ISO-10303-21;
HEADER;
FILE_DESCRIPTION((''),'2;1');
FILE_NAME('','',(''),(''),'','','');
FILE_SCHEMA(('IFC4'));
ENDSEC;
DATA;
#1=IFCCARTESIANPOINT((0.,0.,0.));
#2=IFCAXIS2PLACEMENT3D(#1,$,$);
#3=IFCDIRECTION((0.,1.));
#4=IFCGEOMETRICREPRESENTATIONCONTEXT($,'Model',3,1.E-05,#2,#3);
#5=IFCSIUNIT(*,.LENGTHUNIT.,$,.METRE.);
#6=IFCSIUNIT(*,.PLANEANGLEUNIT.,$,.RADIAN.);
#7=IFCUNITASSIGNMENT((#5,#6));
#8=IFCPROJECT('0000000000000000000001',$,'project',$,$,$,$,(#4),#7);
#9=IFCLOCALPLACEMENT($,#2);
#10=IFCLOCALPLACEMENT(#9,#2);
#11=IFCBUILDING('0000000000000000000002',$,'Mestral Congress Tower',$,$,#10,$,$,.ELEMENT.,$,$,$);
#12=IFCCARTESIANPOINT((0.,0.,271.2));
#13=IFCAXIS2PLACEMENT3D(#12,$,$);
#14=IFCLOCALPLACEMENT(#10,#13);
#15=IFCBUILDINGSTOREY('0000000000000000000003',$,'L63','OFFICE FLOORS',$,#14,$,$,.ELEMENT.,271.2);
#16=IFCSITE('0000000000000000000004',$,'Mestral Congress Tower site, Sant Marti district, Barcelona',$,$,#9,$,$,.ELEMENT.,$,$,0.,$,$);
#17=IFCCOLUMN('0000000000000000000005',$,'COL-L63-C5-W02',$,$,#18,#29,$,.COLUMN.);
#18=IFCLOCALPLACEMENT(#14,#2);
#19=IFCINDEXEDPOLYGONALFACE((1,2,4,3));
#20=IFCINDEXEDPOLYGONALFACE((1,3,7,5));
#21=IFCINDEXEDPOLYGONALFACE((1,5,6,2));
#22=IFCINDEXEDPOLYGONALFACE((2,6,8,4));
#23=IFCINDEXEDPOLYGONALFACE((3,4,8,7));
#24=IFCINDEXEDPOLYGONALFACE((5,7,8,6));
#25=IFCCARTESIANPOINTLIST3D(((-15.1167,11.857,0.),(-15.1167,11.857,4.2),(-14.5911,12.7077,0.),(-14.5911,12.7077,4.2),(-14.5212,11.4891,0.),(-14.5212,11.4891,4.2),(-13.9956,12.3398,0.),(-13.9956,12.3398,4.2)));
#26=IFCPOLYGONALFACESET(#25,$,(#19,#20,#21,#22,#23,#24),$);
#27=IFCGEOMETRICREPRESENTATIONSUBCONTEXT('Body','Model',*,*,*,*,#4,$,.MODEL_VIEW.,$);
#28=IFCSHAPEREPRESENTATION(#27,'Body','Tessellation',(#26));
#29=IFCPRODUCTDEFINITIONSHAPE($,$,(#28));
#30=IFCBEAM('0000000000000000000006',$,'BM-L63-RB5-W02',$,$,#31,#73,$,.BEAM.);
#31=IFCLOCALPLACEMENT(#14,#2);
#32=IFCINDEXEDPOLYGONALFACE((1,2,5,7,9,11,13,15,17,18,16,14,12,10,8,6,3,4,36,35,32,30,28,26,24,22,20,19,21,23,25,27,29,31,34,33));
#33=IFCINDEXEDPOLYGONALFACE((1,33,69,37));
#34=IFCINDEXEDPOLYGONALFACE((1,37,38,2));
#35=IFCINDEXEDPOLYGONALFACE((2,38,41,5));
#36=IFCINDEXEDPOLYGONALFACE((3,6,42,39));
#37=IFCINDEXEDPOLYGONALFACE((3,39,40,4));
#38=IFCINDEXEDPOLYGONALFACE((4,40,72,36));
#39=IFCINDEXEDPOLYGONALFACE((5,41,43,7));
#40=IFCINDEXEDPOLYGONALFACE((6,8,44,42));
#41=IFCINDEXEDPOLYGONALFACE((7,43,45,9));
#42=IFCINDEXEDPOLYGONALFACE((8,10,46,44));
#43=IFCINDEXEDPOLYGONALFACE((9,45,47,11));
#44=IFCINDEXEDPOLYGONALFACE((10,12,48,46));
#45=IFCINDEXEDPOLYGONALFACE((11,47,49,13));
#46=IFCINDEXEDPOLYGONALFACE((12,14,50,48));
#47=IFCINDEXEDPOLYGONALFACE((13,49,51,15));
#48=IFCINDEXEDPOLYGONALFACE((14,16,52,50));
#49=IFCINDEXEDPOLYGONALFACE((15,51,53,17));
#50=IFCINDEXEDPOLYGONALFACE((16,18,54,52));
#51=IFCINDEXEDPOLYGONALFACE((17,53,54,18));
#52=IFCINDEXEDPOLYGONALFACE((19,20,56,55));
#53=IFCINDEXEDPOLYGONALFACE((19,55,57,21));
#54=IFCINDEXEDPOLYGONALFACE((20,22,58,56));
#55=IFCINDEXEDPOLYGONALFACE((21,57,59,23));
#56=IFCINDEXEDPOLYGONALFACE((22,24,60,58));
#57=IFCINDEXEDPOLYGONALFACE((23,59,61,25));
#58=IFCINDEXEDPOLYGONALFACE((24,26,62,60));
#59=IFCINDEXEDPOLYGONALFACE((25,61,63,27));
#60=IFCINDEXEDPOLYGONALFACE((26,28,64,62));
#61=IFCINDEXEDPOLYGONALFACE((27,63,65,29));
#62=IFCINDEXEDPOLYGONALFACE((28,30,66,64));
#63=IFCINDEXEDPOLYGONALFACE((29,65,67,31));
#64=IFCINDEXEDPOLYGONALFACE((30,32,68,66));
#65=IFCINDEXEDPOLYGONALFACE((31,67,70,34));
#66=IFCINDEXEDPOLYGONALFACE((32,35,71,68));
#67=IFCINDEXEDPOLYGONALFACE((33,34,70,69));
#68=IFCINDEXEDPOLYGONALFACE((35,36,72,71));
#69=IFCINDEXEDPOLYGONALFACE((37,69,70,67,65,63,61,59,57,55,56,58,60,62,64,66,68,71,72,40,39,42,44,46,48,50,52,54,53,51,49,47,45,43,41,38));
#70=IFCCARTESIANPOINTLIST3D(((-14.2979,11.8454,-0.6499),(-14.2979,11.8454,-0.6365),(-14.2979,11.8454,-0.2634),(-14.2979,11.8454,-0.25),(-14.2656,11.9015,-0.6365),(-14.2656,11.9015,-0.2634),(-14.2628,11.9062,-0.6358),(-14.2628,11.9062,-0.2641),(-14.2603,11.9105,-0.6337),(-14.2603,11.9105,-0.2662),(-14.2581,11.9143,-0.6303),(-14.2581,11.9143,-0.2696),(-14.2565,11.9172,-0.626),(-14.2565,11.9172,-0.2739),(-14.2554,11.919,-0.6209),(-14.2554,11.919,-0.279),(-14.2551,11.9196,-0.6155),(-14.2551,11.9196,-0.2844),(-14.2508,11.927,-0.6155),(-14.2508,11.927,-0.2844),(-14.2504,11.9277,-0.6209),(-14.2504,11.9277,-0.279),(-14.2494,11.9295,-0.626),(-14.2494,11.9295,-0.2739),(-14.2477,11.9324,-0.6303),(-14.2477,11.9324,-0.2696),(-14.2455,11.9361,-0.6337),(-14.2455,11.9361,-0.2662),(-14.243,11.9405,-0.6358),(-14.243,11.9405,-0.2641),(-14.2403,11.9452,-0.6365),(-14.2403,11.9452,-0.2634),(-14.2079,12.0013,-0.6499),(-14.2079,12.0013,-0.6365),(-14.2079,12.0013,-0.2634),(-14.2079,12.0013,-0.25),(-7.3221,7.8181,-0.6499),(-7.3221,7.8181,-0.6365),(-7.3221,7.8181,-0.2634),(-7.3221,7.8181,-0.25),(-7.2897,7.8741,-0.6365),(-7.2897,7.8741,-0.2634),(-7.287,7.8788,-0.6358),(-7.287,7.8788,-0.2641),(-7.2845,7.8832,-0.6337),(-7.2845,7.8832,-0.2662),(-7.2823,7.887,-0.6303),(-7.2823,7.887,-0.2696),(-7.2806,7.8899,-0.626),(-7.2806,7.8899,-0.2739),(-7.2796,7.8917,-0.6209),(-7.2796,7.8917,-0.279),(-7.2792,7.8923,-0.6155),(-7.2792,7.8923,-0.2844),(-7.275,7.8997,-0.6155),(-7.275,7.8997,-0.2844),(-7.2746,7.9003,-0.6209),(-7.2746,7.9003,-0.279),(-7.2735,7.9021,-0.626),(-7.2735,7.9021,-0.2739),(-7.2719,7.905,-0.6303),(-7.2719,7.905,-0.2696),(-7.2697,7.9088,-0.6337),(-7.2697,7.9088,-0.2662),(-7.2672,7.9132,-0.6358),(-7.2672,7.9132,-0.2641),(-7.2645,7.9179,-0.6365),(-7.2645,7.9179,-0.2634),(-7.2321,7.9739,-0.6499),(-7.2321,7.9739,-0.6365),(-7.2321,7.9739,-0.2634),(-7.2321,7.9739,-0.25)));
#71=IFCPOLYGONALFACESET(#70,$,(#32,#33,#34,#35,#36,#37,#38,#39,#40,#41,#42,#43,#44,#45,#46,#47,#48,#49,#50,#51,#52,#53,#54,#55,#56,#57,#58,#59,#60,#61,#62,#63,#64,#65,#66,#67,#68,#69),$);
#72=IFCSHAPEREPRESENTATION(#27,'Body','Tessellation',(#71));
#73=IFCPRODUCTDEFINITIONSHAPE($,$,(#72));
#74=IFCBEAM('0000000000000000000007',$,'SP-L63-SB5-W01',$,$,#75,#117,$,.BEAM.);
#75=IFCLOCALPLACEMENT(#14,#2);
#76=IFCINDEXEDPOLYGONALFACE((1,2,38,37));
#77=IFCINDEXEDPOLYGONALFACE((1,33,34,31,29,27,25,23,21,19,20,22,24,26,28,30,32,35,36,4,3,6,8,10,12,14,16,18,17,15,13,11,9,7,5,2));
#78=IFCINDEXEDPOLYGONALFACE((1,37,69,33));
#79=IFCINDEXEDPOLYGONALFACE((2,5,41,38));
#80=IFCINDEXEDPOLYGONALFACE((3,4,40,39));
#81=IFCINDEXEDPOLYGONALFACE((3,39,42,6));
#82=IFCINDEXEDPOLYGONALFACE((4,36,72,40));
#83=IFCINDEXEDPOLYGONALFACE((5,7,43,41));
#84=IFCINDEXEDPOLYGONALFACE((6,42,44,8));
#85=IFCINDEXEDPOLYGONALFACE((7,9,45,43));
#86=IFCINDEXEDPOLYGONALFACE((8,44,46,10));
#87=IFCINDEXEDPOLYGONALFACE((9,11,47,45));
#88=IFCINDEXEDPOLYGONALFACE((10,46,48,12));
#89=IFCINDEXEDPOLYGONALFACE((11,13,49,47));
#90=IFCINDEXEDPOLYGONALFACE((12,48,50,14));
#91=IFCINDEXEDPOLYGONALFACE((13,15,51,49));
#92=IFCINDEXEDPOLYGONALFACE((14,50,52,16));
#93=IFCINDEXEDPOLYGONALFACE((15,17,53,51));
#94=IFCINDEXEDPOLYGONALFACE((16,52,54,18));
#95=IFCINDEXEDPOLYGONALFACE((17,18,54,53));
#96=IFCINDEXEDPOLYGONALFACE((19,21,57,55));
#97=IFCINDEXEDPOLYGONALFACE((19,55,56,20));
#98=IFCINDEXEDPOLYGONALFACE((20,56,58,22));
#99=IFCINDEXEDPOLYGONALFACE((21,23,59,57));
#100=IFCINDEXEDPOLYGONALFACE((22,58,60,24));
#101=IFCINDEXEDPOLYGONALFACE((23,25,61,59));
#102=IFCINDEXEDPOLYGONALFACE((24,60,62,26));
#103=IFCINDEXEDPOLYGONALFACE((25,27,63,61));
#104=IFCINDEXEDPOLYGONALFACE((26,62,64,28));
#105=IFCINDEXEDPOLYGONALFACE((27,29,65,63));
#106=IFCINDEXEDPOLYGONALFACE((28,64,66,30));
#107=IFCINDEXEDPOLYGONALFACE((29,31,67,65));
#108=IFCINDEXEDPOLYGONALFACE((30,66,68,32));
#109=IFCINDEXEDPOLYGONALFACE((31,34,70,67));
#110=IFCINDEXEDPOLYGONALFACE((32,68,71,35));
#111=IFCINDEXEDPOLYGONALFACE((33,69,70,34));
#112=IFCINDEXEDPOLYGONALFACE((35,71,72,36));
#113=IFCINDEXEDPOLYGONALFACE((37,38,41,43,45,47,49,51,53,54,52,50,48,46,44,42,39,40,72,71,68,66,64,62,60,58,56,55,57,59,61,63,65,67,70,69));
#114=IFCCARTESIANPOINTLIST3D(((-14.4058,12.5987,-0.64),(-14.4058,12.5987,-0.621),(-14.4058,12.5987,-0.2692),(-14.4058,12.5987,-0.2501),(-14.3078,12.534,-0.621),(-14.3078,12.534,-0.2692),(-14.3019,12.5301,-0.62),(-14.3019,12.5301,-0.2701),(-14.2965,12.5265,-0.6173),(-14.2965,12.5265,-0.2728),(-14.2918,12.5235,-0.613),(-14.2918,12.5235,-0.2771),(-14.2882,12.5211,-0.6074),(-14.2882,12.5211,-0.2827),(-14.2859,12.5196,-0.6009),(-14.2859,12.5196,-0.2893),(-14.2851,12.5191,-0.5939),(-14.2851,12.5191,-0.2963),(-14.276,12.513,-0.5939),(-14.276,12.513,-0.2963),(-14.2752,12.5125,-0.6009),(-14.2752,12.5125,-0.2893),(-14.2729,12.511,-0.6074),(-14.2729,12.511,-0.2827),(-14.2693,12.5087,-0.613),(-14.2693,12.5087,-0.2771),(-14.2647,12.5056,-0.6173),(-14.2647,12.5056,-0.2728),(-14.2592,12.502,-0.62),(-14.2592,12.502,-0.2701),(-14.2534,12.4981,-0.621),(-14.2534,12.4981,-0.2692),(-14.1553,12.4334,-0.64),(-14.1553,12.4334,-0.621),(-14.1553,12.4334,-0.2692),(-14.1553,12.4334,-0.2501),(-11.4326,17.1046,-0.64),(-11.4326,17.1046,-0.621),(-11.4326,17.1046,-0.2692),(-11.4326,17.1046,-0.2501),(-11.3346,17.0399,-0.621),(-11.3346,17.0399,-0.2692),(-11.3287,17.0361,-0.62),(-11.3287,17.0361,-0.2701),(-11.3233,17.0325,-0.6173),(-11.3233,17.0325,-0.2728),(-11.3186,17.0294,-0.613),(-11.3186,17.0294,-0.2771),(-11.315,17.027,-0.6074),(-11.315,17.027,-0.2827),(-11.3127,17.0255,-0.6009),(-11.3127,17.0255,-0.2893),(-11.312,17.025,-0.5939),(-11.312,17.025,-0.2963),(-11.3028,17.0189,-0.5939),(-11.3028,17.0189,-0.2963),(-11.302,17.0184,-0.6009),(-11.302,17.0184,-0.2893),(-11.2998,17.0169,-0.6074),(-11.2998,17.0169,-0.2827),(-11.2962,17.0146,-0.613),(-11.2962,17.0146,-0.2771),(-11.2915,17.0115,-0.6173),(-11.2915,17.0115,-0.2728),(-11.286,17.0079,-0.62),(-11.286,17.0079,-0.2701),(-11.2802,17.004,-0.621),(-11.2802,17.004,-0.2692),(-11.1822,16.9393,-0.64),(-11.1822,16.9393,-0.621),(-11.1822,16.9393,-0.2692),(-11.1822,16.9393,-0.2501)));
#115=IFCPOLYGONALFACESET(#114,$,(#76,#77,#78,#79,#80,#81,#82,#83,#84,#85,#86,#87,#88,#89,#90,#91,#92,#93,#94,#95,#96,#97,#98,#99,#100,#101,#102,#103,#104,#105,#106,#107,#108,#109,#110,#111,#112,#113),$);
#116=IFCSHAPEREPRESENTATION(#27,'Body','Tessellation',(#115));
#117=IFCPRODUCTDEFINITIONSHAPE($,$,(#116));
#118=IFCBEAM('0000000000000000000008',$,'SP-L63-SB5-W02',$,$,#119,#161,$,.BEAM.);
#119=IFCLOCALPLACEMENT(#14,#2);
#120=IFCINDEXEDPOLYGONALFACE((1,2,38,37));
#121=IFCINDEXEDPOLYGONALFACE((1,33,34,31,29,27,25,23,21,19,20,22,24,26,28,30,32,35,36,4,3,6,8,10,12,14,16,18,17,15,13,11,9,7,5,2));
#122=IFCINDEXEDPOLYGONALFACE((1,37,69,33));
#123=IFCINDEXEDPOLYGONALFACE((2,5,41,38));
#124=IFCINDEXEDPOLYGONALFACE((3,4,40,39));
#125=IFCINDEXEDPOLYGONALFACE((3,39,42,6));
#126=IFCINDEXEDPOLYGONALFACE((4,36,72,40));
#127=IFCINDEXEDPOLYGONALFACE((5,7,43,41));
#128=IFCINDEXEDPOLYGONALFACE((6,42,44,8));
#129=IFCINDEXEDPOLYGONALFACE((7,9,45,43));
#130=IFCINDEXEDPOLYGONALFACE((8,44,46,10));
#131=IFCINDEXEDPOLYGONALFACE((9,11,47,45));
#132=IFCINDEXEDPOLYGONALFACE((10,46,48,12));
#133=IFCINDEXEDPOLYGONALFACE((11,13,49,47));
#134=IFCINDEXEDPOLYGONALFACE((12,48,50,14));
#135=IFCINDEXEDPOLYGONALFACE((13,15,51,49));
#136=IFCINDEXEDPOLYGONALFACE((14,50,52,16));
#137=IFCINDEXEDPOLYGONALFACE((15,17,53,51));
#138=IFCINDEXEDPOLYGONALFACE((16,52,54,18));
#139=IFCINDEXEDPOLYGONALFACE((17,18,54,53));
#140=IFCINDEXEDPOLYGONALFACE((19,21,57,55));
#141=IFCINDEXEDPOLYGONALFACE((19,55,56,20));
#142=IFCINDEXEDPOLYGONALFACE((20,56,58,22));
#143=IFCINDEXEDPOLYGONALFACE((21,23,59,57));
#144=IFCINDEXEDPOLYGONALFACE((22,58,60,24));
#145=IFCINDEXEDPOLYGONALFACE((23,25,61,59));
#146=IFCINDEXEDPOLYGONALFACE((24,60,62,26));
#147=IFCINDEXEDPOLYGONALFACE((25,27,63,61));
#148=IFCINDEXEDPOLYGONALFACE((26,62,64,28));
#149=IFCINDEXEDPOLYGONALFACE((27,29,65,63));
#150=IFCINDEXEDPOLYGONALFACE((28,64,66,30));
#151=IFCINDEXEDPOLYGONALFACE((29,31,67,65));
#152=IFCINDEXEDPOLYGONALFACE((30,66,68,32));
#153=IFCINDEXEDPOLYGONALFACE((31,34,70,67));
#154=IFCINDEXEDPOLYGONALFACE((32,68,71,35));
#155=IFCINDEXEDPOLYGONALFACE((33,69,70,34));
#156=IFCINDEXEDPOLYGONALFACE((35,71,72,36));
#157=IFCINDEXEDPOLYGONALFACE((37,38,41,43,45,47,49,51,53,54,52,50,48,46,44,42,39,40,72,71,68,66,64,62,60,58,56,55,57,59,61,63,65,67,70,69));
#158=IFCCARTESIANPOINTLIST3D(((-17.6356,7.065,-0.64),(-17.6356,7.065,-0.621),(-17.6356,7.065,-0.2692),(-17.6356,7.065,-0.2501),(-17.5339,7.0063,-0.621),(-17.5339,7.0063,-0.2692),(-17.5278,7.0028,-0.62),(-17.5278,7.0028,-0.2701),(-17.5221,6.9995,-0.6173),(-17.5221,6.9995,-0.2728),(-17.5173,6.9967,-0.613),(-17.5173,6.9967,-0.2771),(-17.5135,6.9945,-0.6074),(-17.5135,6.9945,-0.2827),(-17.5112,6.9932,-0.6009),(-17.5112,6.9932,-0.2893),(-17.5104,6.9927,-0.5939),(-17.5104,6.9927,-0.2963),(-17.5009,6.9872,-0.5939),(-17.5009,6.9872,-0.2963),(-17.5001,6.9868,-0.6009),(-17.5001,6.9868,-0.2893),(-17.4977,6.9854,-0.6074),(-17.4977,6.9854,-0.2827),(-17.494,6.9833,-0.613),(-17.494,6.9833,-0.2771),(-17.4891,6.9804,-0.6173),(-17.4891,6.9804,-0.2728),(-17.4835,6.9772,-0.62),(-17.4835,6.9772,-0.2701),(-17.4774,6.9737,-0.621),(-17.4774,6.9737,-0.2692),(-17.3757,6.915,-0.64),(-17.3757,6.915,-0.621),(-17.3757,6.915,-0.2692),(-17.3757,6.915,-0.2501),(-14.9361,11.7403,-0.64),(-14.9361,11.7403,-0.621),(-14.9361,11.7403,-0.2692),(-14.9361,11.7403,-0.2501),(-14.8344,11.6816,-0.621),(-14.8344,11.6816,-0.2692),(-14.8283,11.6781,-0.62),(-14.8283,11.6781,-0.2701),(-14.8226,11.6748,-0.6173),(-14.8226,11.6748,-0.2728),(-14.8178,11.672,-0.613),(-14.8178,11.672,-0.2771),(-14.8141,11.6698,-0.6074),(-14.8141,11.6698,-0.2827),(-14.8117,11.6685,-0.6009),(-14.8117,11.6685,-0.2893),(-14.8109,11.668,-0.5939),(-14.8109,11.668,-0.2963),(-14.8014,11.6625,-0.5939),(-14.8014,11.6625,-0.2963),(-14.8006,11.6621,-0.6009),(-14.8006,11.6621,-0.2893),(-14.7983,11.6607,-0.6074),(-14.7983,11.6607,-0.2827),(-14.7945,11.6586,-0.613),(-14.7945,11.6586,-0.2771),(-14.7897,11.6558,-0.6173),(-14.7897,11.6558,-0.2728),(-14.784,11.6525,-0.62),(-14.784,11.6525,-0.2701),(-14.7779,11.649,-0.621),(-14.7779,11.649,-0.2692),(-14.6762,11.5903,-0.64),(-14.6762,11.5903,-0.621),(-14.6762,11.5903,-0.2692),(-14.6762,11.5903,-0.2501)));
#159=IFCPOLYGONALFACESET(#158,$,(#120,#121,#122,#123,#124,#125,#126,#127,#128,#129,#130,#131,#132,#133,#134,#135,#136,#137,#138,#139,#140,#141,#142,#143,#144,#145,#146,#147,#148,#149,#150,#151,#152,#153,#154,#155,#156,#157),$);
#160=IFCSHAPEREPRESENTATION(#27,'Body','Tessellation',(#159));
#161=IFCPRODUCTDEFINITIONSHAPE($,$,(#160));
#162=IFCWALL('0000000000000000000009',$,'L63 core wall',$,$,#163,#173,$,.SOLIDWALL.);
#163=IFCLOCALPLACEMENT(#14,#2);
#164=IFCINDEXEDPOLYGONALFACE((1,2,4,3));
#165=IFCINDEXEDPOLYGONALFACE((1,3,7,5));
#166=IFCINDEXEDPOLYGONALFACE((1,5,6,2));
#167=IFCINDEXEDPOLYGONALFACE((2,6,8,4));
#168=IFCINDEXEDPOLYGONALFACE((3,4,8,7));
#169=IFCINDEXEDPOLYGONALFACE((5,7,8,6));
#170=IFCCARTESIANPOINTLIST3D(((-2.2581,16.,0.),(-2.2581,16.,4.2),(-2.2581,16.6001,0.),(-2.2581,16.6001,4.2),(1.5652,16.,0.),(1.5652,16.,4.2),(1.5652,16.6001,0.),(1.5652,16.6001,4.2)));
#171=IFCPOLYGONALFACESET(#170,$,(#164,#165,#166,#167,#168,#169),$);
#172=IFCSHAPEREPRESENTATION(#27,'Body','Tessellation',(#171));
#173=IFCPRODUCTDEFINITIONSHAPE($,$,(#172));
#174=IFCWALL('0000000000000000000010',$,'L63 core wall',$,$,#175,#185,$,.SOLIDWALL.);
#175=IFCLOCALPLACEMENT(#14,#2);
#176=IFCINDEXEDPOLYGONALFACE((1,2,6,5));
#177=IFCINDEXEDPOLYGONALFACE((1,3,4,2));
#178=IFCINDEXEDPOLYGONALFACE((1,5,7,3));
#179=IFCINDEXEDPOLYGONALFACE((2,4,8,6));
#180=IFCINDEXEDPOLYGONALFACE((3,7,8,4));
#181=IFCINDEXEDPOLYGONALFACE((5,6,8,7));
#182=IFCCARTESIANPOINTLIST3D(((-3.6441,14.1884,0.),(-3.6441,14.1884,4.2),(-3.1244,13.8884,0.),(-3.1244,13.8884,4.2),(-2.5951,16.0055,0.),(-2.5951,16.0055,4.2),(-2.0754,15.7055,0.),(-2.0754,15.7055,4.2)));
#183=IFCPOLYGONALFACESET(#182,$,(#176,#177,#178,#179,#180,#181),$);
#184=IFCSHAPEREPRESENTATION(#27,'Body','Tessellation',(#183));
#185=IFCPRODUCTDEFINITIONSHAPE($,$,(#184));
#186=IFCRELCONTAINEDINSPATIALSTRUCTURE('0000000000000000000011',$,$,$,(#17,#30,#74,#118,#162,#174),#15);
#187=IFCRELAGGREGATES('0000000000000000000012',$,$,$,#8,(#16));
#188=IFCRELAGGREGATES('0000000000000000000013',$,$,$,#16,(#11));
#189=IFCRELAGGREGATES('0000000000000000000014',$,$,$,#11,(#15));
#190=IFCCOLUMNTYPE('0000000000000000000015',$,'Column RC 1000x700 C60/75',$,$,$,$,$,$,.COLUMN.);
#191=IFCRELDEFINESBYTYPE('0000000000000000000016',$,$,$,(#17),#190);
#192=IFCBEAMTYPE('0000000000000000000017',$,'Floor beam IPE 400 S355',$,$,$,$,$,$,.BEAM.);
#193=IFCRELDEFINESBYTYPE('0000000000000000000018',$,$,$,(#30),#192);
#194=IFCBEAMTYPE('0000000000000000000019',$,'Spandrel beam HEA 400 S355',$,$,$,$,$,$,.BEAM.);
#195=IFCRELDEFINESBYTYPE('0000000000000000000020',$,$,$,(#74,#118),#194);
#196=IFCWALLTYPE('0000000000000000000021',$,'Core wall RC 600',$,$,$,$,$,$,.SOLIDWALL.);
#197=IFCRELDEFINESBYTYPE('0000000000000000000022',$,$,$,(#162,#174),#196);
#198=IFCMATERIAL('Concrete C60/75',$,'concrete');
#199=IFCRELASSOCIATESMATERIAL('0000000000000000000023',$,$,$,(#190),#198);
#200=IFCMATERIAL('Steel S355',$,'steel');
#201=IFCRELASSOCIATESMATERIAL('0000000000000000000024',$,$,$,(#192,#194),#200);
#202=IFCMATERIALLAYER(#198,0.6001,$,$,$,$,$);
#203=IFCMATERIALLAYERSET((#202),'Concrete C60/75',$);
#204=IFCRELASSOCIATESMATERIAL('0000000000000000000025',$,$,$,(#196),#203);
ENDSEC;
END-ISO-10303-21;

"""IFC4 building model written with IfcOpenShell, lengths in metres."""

from ifc_helpers import new_model, si_unit, direction, frame, frame_2d, origin, origin_2d, place, context, subcontext, project, spatial, rectangle, i_section, extrude, material, layer, layer_set, material_profile, profile_set, type_object, element, save


model = new_model("IFC4")

# Units and contexts
model_context = context("Model", 3, precision=1e-05, world=origin(), true_north=direction((0.0, 1.0)))
body_context = subcontext(model_context, "Body", "Model", "MODEL_VIEW")
ifc_project = project(units=[si_unit("LENGTHUNIT", "METRE"), si_unit("PLANEANGLEUNIT", "RADIAN")], contexts=[model_context])

# Site, building, storey
site_placement = place(None, origin())
site = spatial("IfcSite", under=ifc_project, at=site_placement, Name="Mestral Congress Tower site, Sant Marti district, Barcelona", CompositionType="ELEMENT", RefElevation=0.0)
building_placement = place(site_placement, origin())
building = spatial("IfcBuilding", under=site, at=building_placement, Name="Mestral Congress Tower", CompositionType="ELEMENT")
storey_placement = place(building_placement, frame((0.0, 0.0, 271.2)))
storey = spatial("IfcBuildingStorey", under=building, at=storey_placement, Name="L63", Description="OFFICE FLOORS", CompositionType="ELEMENT", Elevation=271.2)

# Column
ifc_material_1 = material(Name="Concrete C60/75", Category="concrete")
ifc_material_profile_1 = material_profile(ifc_material_1, rectangle(XDim=1.0, YDim=0.7, at=origin_2d()), Name="RC 1000x700")
ifc_profile_set_1 = profile_set([ifc_material_profile_1], Name="Concrete C60/75")
column_type = type_object("IfcColumnType", Name="Column RC 1000x700 C60/75", PredefinedType="COLUMN", material=ifc_profile_set_1)
column_placement = place(storey_placement, frame((-14.5562, 12.0984, 0.0), z_axis=(0.0, 0.0, 1.0), x_axis=(-0.52561, -0.850726, 0.0)))
element("IfcColumn", 1, at=column_placement, inside=storey, type_object=column_type, Name="COL-L63-C5-W02", PredefinedType="COLUMN", context=body_context, shape_type="SweptSolid", body=[
    extrude(rectangle(XDim=1.0, YDim=0.7, at=origin_2d()), origin(), (0.0, 0.0, 1.0), 4.2),
])

# Beams
ifc_material_2 = material(Name="Steel S355", Category="steel")
ifc_material_profile_2 = material_profile(ifc_material_2, i_section(OverallWidth=0.1799, OverallDepth=0.3999, WebThickness=0.0085, FlangeThickness=0.0134, FilletRadius=0.021, at=origin_2d()), Name="IPE 400")
ifc_profile_set_2 = profile_set([ifc_material_profile_2], Name="Steel S355")
beam_type_1 = type_object("IfcBeamType", Name="Floor beam IPE 400 S355", PredefinedType="BEAM", material=ifc_profile_set_2)
beam_1_placement = place(storey_placement, frame((-14.2529, 11.9233, -0.45), z_axis=(0.866034, -0.499986, 0.0), x_axis=(0.499986, 0.866034, 0.0)))
element("IfcBeam", 2, at=beam_1_placement, inside=storey, type_object=beam_type_1, Name="BM-L63-RB5-W02", PredefinedType="BEAM", context=body_context, shape_type="SweptSolid", body=[
    extrude(i_section(OverallWidth=0.1799, OverallDepth=0.3999, WebThickness=0.0085, FlangeThickness=0.0134, FilletRadius=0.021, at=origin_2d()), origin(), (0.0, 0.0, 1.0), 8.0549),
])
ifc_material_profile_3 = material_profile(ifc_material_2, i_section(OverallWidth=0.3, OverallDepth=0.3899, WebThickness=0.011, FlangeThickness=0.019, FilletRadius=0.0271, at=origin_2d()), Name="HEA 400")
ifc_profile_set_3 = profile_set([ifc_material_profile_3], Name="Steel S355")
beam_type_2 = type_object("IfcBeamType", Name="Spandrel beam HEA 400 S355", PredefinedType="BEAM", material=ifc_profile_set_3)
beam_2_placement = place(storey_placement, frame((-11.3074, 17.022, -0.4451), z_axis=(-0.550749, -0.834671, 0.0), x_axis=(0.834671, -0.550749, 0.0)))
element("IfcBeam", 3, at=beam_2_placement, inside=storey, type_object=beam_type_2, Name="SP-L63-SB5-W01", PredefinedType="BEAM", context=body_context, shape_type="SweptSolid", body=[
    extrude(i_section(OverallWidth=0.3, OverallDepth=0.3899, WebThickness=0.011, FlangeThickness=0.019, FilletRadius=0.0271, at=origin_2d()), origin(), (0.0, 0.0, 1.0), 5.3984),
])
beam_3_placement = place(storey_placement, frame((-14.8062, 11.6653, -0.4451), z_axis=(-0.500025, -0.866011, 0.0), x_axis=(0.866011, -0.500025, 0.0)))
element("IfcBeam", 4, at=beam_3_placement, inside=storey, type_object=beam_type_2, Name="SP-L63-SB5-W02", PredefinedType="BEAM", context=body_context, shape_type="SweptSolid", body=[
    extrude(i_section(OverallWidth=0.3, OverallDepth=0.3899, WebThickness=0.011, FlangeThickness=0.019, FilletRadius=0.0271, at=origin_2d()), origin(), (0.0, 0.0, 1.0), 5.3987),
])

# Walls
ifc_layer_1 = layer(ifc_material_1, 0.6001)
ifc_layer_set_1 = layer_set([ifc_layer_1], Name="Concrete C60/75")
wall_type_1 = type_object("IfcWallType", Name="Core wall RC 600", PredefinedType="SOLIDWALL", material=ifc_layer_set_1)
wall_1_placement = place(storey_placement, frame((-2.2581, 16.3, 0.0), z_axis=(0.0, 0.0, 1.0), x_axis=(1.0, 0.0, 0.0)))
element("IfcWall", 5, at=wall_1_placement, inside=storey, type_object=wall_type_1, Name="L63 core wall", PredefinedType="SOLIDWALL", context=body_context, shape_type="SweptSolid", body=[
    extrude(rectangle(XDim=3.8232, YDim=0.6001, at=frame_2d((1.9116, 0.0))), origin(), (0.0, 0.0, 1.0), 4.2),
])
wall_2_placement = place(storey_placement, frame((-2.3352, 15.8555, 0.0), z_axis=(0.0, 0.0, 1.0), x_axis=(-0.499981, -0.866036, 0.0)))
element("IfcWall", 6, at=wall_2_placement, inside=storey, type_object=wall_type_1, Name="L63 core wall", PredefinedType="SOLIDWALL", context=body_context, shape_type="SweptSolid", body=[
    extrude(rectangle(XDim=2.0981, YDim=0.6001, at=frame_2d((1.0491, 0.0))), origin(), (0.0, 0.0, 1.0), 4.2),
])

save(model, "model.ifc")
